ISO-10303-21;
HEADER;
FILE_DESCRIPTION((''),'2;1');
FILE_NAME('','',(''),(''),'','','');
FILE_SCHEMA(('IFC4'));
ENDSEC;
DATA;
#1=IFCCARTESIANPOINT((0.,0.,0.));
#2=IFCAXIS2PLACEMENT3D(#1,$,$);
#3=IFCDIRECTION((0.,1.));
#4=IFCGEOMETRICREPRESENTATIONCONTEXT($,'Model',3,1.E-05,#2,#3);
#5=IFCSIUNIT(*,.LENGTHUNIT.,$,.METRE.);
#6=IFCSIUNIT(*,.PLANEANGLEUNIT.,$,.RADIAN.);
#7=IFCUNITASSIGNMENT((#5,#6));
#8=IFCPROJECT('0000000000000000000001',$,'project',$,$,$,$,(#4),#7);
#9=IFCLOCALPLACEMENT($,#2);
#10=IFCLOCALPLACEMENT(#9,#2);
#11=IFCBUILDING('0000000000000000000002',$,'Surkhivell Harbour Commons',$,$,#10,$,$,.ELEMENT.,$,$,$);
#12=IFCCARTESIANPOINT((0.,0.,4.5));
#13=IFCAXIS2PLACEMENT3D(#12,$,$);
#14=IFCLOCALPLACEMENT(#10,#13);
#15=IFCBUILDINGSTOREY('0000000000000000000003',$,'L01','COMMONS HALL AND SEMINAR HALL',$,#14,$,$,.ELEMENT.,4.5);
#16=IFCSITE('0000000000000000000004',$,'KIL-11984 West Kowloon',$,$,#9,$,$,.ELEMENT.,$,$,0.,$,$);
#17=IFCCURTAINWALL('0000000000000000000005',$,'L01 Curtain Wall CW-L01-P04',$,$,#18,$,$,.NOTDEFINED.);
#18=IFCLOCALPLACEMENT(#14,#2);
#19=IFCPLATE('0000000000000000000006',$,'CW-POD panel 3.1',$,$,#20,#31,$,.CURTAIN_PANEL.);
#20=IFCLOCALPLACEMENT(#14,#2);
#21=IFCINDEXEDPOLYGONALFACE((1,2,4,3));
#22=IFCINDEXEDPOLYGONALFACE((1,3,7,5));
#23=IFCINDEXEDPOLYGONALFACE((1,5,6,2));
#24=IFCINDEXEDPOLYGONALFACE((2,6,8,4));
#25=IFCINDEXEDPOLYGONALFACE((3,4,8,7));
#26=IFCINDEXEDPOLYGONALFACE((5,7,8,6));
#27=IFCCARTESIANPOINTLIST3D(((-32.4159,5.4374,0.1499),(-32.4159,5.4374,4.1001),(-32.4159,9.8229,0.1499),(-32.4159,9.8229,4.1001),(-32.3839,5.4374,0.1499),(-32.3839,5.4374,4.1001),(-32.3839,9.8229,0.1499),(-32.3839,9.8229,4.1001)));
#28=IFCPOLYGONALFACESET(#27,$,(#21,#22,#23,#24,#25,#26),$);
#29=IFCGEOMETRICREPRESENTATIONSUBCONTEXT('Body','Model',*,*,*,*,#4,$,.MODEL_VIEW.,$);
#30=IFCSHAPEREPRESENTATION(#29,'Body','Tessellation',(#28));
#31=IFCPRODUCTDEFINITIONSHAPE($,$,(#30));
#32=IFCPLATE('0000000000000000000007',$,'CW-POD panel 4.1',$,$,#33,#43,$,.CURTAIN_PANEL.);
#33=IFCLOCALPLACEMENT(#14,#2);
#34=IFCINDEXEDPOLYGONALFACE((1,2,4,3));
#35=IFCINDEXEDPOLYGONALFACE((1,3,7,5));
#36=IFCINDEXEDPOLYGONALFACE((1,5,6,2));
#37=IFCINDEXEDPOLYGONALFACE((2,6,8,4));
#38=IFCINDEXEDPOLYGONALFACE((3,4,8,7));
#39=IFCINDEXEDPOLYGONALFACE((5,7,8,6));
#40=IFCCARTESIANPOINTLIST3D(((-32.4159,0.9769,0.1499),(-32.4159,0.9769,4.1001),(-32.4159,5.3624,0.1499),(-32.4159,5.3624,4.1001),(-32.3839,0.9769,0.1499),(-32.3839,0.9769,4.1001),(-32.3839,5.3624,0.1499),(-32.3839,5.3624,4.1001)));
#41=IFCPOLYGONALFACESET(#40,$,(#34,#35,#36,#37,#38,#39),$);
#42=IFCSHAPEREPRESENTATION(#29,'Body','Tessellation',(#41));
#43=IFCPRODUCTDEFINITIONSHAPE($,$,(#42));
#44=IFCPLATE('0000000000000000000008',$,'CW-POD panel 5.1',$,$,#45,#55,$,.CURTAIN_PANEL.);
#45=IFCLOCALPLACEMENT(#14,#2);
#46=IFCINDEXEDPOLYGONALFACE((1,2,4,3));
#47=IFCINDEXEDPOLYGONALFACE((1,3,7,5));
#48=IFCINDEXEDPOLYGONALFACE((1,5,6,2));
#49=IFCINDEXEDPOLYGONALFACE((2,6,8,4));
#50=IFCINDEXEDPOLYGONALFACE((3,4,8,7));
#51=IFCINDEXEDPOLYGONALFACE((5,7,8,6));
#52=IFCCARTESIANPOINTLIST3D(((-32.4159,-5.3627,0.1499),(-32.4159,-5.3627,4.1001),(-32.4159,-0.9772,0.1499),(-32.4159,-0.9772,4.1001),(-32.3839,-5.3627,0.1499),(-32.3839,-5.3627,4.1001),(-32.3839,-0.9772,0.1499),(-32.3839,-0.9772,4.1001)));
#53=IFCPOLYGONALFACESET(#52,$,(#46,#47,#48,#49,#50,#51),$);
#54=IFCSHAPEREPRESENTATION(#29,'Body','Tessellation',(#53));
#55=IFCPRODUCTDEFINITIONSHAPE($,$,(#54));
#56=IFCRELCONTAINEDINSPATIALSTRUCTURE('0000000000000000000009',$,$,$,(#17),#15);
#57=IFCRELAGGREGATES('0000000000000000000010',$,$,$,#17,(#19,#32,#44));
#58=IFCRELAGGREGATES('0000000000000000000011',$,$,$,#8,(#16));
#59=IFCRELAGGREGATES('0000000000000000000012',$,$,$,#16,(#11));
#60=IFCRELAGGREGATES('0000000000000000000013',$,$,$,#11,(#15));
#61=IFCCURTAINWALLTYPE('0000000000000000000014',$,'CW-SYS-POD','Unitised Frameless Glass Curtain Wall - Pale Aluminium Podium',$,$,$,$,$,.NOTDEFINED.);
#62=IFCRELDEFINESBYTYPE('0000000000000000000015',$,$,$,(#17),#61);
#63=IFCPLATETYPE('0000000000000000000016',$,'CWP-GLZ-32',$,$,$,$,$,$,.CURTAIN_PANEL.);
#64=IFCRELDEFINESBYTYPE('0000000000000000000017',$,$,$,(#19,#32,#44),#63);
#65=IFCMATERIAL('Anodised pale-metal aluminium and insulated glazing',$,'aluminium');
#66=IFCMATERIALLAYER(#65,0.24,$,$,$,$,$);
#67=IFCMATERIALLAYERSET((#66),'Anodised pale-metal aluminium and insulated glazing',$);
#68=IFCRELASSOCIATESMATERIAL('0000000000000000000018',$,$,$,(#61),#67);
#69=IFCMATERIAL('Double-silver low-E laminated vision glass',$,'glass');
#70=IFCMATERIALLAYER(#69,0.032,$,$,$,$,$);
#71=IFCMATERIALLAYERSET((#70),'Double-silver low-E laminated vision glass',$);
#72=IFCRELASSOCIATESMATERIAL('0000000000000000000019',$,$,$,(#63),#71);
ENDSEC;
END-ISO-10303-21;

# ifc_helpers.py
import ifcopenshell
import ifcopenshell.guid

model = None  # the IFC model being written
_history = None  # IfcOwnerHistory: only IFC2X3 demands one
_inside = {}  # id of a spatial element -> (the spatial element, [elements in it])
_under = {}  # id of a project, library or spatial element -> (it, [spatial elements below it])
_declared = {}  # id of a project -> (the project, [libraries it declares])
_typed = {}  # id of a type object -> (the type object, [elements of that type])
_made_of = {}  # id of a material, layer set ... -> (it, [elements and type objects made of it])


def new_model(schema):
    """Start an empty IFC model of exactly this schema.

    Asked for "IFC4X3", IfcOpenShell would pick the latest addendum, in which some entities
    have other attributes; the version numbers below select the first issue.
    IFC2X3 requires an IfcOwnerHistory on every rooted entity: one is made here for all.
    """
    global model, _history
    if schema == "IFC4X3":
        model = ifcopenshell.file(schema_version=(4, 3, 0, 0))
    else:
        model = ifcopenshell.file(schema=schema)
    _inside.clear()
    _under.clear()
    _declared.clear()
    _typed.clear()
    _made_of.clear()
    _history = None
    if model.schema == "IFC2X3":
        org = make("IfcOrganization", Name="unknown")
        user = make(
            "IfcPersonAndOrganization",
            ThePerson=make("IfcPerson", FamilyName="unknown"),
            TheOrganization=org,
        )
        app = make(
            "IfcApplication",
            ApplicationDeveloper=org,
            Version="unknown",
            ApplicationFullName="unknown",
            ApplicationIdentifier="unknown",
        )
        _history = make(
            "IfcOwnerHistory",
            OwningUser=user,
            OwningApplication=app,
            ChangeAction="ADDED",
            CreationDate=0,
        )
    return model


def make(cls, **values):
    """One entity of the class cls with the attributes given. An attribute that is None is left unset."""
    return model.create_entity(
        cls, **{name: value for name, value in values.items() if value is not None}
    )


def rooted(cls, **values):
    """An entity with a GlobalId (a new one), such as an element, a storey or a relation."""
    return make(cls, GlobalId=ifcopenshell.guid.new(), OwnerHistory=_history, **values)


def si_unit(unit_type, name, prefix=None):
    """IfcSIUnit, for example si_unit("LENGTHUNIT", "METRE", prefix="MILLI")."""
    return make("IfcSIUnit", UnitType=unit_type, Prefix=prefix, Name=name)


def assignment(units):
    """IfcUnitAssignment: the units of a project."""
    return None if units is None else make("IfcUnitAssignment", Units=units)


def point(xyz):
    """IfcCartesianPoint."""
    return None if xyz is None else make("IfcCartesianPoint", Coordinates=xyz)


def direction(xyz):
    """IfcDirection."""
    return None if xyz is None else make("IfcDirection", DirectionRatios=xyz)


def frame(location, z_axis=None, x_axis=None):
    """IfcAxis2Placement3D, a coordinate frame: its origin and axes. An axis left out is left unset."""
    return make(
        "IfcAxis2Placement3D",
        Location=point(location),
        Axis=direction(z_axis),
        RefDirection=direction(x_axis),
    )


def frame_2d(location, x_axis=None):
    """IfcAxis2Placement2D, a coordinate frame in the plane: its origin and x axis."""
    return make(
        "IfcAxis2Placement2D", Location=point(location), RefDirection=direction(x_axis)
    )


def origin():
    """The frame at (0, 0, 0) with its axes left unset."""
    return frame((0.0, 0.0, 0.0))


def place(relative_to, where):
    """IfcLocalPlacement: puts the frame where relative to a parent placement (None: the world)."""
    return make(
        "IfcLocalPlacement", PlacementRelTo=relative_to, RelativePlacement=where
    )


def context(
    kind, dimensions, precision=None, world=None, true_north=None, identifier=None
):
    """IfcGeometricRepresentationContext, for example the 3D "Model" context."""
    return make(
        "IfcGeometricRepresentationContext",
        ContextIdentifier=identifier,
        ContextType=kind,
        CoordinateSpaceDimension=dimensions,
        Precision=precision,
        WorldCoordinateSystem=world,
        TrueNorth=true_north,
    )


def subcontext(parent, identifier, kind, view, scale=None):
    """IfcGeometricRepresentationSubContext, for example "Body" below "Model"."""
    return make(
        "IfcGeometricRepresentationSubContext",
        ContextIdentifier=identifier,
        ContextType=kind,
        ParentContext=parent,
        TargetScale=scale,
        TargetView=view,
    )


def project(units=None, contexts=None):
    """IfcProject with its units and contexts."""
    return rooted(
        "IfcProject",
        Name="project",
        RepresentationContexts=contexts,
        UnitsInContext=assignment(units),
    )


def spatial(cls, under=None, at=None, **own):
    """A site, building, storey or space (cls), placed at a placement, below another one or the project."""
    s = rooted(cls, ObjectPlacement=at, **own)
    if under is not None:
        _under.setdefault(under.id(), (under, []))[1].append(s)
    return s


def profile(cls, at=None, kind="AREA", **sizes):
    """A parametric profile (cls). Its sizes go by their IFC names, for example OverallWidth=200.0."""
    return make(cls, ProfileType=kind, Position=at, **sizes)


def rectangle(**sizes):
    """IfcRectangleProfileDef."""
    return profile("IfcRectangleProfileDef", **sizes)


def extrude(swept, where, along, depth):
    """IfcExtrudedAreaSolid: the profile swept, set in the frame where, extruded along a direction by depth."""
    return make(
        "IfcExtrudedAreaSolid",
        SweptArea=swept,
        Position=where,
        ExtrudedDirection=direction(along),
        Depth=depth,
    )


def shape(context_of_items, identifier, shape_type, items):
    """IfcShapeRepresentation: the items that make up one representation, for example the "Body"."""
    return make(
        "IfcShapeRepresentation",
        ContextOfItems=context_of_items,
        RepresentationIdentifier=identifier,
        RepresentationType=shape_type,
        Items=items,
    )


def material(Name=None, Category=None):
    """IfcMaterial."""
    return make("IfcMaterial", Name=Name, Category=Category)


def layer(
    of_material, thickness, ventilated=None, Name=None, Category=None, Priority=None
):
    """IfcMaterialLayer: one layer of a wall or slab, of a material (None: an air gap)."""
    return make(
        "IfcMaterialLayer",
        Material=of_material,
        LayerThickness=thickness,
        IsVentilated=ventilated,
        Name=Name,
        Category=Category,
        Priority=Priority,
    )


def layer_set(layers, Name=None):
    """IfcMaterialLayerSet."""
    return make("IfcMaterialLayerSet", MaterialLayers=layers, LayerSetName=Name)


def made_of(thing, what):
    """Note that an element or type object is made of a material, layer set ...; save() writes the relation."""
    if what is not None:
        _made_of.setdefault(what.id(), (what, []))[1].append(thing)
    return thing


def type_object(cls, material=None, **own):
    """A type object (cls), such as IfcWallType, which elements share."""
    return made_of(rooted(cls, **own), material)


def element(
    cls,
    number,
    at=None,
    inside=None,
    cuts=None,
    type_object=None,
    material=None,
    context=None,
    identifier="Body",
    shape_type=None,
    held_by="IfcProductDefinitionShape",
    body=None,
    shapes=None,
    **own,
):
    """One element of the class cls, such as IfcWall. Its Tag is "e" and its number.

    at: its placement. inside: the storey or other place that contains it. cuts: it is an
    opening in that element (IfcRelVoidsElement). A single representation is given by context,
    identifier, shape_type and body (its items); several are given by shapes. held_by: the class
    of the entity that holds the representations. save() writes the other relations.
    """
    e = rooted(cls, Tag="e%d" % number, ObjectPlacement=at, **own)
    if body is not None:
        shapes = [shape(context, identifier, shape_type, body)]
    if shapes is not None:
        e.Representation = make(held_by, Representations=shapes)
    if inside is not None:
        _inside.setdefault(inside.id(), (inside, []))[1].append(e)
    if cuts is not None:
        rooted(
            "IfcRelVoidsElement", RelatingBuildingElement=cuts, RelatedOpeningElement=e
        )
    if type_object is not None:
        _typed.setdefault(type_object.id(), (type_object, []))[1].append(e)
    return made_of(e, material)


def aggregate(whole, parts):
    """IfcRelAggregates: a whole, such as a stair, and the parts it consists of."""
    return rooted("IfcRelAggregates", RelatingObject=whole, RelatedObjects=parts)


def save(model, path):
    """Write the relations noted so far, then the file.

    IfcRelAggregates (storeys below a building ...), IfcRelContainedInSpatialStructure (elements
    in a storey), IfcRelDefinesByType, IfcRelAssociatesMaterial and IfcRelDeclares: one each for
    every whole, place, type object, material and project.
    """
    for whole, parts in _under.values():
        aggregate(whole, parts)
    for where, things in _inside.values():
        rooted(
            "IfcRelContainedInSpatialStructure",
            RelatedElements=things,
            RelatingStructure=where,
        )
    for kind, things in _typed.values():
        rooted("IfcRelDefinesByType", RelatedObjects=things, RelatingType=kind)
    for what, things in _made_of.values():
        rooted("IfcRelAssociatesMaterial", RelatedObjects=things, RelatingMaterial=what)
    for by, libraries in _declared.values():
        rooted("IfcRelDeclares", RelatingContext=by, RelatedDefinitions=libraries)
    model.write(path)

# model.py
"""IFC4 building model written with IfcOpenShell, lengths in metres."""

from ifc_helpers import new_model, si_unit, direction, frame, frame_2d, origin, place, context, subcontext, project, spatial, rectangle, extrude, material, layer, layer_set, type_object, element, aggregate, save


model = new_model("IFC4")

# Units and contexts
model_context = context("Model", 3, precision=1e-05, world=origin(), true_north=direction((0.0, 1.0)))
body_context = subcontext(model_context, "Body", "Model", "MODEL_VIEW")
ifc_project = project(units=[si_unit("LENGTHUNIT", "METRE"), si_unit("PLANEANGLEUNIT", "RADIAN")], contexts=[model_context])

# Site, building, storey
site_placement = place(None, origin())
site = spatial("IfcSite", under=ifc_project, at=site_placement, Name="KIL-11984 West Kowloon", CompositionType="ELEMENT", RefElevation=0.0)
building_placement = place(site_placement, origin())
building = spatial("IfcBuilding", under=site, at=building_placement, Name="Surkhivell Harbour Commons", CompositionType="ELEMENT")
storey_placement = place(building_placement, frame((0.0, 0.0, 4.5)))
storey = spatial("IfcBuildingStorey", under=building, at=storey_placement, Name="L01", Description="COMMONS HALL AND SEMINAR HALL", CompositionType="ELEMENT", Elevation=4.5)

# Curtain wall, plates
ifc_material_1 = material(Name="Anodised pale-metal aluminium and insulated glazing", Category="aluminium")
ifc_layer_1 = layer(ifc_material_1, 0.24)
ifc_layer_set_1 = layer_set([ifc_layer_1], Name="Anodised pale-metal aluminium and insulated glazing")
curtain_wall_type = type_object("IfcCurtainWallType", Name="CW-SYS-POD", Description="Unitised Frameless Glass Curtain Wall - Pale Aluminium Podium", PredefinedType="NOTDEFINED", material=ifc_layer_set_1)
curtain_wall_placement = place(storey_placement, origin())
curtain_wall = element("IfcCurtainWall", 1, at=curtain_wall_placement, inside=storey, type_object=curtain_wall_type, Name="L01 Curtain Wall CW-L01-P04", PredefinedType="NOTDEFINED")
ifc_material_2 = material(Name="Double-silver low-E laminated vision glass", Category="glass")
ifc_layer_2 = layer(ifc_material_2, 0.032)
ifc_layer_set_2 = layer_set([ifc_layer_2], Name="Double-silver low-E laminated vision glass")
plate_type = type_object("IfcPlateType", Name="CWP-GLZ-32", PredefinedType="CURTAIN_PANEL", material=ifc_layer_set_2)
plate_1_placement = place(storey_placement, frame((-32.3999, 9.823, 0.1499), z_axis=(0.0, 0.0, 1.0), x_axis=(0.0, -1.0, 0.0)))
plate_1 = element("IfcPlate", 2, at=plate_1_placement, type_object=plate_type, Name="CW-POD panel 3.1", PredefinedType="CURTAIN_PANEL", context=body_context, shape_type="SweptSolid", body=[
    extrude(rectangle(XDim=4.3855, YDim=0.032, at=frame_2d((2.1929, 0.0))), origin(), (0.0, 0.0, 1.0), 3.9502),
])
plate_2_placement = place(storey_placement, frame((-32.3999, 5.3625, 0.1499), z_axis=(0.0, 0.0, 1.0), x_axis=(0.0, -1.0, 0.0)))
plate_2 = element("IfcPlate", 3, at=plate_2_placement, type_object=plate_type, Name="CW-POD panel 4.1", PredefinedType="CURTAIN_PANEL", context=body_context, shape_type="SweptSolid", body=[
    extrude(rectangle(XDim=4.3855, YDim=0.032, at=frame_2d((2.1929, 0.0))), origin(), (0.0, 0.0, 1.0), 3.9502),
])
plate_3_placement = place(storey_placement, frame((-32.3999, -0.9771, 0.1499), z_axis=(0.0, 0.0, 1.0), x_axis=(0.0, -1.0, 0.0)))
plate_3 = element("IfcPlate", 4, at=plate_3_placement, type_object=plate_type, Name="CW-POD panel 5.1", PredefinedType="CURTAIN_PANEL", context=body_context, shape_type="SweptSolid", body=[
    extrude(rectangle(XDim=4.3855, YDim=0.032, at=frame_2d((2.1929, 0.0))), origin(), (0.0, 0.0, 1.0), 3.9502),
])
aggregate(curtain_wall, [plate_1, plate_2, plate_3])

save(model, "model.ifc")
